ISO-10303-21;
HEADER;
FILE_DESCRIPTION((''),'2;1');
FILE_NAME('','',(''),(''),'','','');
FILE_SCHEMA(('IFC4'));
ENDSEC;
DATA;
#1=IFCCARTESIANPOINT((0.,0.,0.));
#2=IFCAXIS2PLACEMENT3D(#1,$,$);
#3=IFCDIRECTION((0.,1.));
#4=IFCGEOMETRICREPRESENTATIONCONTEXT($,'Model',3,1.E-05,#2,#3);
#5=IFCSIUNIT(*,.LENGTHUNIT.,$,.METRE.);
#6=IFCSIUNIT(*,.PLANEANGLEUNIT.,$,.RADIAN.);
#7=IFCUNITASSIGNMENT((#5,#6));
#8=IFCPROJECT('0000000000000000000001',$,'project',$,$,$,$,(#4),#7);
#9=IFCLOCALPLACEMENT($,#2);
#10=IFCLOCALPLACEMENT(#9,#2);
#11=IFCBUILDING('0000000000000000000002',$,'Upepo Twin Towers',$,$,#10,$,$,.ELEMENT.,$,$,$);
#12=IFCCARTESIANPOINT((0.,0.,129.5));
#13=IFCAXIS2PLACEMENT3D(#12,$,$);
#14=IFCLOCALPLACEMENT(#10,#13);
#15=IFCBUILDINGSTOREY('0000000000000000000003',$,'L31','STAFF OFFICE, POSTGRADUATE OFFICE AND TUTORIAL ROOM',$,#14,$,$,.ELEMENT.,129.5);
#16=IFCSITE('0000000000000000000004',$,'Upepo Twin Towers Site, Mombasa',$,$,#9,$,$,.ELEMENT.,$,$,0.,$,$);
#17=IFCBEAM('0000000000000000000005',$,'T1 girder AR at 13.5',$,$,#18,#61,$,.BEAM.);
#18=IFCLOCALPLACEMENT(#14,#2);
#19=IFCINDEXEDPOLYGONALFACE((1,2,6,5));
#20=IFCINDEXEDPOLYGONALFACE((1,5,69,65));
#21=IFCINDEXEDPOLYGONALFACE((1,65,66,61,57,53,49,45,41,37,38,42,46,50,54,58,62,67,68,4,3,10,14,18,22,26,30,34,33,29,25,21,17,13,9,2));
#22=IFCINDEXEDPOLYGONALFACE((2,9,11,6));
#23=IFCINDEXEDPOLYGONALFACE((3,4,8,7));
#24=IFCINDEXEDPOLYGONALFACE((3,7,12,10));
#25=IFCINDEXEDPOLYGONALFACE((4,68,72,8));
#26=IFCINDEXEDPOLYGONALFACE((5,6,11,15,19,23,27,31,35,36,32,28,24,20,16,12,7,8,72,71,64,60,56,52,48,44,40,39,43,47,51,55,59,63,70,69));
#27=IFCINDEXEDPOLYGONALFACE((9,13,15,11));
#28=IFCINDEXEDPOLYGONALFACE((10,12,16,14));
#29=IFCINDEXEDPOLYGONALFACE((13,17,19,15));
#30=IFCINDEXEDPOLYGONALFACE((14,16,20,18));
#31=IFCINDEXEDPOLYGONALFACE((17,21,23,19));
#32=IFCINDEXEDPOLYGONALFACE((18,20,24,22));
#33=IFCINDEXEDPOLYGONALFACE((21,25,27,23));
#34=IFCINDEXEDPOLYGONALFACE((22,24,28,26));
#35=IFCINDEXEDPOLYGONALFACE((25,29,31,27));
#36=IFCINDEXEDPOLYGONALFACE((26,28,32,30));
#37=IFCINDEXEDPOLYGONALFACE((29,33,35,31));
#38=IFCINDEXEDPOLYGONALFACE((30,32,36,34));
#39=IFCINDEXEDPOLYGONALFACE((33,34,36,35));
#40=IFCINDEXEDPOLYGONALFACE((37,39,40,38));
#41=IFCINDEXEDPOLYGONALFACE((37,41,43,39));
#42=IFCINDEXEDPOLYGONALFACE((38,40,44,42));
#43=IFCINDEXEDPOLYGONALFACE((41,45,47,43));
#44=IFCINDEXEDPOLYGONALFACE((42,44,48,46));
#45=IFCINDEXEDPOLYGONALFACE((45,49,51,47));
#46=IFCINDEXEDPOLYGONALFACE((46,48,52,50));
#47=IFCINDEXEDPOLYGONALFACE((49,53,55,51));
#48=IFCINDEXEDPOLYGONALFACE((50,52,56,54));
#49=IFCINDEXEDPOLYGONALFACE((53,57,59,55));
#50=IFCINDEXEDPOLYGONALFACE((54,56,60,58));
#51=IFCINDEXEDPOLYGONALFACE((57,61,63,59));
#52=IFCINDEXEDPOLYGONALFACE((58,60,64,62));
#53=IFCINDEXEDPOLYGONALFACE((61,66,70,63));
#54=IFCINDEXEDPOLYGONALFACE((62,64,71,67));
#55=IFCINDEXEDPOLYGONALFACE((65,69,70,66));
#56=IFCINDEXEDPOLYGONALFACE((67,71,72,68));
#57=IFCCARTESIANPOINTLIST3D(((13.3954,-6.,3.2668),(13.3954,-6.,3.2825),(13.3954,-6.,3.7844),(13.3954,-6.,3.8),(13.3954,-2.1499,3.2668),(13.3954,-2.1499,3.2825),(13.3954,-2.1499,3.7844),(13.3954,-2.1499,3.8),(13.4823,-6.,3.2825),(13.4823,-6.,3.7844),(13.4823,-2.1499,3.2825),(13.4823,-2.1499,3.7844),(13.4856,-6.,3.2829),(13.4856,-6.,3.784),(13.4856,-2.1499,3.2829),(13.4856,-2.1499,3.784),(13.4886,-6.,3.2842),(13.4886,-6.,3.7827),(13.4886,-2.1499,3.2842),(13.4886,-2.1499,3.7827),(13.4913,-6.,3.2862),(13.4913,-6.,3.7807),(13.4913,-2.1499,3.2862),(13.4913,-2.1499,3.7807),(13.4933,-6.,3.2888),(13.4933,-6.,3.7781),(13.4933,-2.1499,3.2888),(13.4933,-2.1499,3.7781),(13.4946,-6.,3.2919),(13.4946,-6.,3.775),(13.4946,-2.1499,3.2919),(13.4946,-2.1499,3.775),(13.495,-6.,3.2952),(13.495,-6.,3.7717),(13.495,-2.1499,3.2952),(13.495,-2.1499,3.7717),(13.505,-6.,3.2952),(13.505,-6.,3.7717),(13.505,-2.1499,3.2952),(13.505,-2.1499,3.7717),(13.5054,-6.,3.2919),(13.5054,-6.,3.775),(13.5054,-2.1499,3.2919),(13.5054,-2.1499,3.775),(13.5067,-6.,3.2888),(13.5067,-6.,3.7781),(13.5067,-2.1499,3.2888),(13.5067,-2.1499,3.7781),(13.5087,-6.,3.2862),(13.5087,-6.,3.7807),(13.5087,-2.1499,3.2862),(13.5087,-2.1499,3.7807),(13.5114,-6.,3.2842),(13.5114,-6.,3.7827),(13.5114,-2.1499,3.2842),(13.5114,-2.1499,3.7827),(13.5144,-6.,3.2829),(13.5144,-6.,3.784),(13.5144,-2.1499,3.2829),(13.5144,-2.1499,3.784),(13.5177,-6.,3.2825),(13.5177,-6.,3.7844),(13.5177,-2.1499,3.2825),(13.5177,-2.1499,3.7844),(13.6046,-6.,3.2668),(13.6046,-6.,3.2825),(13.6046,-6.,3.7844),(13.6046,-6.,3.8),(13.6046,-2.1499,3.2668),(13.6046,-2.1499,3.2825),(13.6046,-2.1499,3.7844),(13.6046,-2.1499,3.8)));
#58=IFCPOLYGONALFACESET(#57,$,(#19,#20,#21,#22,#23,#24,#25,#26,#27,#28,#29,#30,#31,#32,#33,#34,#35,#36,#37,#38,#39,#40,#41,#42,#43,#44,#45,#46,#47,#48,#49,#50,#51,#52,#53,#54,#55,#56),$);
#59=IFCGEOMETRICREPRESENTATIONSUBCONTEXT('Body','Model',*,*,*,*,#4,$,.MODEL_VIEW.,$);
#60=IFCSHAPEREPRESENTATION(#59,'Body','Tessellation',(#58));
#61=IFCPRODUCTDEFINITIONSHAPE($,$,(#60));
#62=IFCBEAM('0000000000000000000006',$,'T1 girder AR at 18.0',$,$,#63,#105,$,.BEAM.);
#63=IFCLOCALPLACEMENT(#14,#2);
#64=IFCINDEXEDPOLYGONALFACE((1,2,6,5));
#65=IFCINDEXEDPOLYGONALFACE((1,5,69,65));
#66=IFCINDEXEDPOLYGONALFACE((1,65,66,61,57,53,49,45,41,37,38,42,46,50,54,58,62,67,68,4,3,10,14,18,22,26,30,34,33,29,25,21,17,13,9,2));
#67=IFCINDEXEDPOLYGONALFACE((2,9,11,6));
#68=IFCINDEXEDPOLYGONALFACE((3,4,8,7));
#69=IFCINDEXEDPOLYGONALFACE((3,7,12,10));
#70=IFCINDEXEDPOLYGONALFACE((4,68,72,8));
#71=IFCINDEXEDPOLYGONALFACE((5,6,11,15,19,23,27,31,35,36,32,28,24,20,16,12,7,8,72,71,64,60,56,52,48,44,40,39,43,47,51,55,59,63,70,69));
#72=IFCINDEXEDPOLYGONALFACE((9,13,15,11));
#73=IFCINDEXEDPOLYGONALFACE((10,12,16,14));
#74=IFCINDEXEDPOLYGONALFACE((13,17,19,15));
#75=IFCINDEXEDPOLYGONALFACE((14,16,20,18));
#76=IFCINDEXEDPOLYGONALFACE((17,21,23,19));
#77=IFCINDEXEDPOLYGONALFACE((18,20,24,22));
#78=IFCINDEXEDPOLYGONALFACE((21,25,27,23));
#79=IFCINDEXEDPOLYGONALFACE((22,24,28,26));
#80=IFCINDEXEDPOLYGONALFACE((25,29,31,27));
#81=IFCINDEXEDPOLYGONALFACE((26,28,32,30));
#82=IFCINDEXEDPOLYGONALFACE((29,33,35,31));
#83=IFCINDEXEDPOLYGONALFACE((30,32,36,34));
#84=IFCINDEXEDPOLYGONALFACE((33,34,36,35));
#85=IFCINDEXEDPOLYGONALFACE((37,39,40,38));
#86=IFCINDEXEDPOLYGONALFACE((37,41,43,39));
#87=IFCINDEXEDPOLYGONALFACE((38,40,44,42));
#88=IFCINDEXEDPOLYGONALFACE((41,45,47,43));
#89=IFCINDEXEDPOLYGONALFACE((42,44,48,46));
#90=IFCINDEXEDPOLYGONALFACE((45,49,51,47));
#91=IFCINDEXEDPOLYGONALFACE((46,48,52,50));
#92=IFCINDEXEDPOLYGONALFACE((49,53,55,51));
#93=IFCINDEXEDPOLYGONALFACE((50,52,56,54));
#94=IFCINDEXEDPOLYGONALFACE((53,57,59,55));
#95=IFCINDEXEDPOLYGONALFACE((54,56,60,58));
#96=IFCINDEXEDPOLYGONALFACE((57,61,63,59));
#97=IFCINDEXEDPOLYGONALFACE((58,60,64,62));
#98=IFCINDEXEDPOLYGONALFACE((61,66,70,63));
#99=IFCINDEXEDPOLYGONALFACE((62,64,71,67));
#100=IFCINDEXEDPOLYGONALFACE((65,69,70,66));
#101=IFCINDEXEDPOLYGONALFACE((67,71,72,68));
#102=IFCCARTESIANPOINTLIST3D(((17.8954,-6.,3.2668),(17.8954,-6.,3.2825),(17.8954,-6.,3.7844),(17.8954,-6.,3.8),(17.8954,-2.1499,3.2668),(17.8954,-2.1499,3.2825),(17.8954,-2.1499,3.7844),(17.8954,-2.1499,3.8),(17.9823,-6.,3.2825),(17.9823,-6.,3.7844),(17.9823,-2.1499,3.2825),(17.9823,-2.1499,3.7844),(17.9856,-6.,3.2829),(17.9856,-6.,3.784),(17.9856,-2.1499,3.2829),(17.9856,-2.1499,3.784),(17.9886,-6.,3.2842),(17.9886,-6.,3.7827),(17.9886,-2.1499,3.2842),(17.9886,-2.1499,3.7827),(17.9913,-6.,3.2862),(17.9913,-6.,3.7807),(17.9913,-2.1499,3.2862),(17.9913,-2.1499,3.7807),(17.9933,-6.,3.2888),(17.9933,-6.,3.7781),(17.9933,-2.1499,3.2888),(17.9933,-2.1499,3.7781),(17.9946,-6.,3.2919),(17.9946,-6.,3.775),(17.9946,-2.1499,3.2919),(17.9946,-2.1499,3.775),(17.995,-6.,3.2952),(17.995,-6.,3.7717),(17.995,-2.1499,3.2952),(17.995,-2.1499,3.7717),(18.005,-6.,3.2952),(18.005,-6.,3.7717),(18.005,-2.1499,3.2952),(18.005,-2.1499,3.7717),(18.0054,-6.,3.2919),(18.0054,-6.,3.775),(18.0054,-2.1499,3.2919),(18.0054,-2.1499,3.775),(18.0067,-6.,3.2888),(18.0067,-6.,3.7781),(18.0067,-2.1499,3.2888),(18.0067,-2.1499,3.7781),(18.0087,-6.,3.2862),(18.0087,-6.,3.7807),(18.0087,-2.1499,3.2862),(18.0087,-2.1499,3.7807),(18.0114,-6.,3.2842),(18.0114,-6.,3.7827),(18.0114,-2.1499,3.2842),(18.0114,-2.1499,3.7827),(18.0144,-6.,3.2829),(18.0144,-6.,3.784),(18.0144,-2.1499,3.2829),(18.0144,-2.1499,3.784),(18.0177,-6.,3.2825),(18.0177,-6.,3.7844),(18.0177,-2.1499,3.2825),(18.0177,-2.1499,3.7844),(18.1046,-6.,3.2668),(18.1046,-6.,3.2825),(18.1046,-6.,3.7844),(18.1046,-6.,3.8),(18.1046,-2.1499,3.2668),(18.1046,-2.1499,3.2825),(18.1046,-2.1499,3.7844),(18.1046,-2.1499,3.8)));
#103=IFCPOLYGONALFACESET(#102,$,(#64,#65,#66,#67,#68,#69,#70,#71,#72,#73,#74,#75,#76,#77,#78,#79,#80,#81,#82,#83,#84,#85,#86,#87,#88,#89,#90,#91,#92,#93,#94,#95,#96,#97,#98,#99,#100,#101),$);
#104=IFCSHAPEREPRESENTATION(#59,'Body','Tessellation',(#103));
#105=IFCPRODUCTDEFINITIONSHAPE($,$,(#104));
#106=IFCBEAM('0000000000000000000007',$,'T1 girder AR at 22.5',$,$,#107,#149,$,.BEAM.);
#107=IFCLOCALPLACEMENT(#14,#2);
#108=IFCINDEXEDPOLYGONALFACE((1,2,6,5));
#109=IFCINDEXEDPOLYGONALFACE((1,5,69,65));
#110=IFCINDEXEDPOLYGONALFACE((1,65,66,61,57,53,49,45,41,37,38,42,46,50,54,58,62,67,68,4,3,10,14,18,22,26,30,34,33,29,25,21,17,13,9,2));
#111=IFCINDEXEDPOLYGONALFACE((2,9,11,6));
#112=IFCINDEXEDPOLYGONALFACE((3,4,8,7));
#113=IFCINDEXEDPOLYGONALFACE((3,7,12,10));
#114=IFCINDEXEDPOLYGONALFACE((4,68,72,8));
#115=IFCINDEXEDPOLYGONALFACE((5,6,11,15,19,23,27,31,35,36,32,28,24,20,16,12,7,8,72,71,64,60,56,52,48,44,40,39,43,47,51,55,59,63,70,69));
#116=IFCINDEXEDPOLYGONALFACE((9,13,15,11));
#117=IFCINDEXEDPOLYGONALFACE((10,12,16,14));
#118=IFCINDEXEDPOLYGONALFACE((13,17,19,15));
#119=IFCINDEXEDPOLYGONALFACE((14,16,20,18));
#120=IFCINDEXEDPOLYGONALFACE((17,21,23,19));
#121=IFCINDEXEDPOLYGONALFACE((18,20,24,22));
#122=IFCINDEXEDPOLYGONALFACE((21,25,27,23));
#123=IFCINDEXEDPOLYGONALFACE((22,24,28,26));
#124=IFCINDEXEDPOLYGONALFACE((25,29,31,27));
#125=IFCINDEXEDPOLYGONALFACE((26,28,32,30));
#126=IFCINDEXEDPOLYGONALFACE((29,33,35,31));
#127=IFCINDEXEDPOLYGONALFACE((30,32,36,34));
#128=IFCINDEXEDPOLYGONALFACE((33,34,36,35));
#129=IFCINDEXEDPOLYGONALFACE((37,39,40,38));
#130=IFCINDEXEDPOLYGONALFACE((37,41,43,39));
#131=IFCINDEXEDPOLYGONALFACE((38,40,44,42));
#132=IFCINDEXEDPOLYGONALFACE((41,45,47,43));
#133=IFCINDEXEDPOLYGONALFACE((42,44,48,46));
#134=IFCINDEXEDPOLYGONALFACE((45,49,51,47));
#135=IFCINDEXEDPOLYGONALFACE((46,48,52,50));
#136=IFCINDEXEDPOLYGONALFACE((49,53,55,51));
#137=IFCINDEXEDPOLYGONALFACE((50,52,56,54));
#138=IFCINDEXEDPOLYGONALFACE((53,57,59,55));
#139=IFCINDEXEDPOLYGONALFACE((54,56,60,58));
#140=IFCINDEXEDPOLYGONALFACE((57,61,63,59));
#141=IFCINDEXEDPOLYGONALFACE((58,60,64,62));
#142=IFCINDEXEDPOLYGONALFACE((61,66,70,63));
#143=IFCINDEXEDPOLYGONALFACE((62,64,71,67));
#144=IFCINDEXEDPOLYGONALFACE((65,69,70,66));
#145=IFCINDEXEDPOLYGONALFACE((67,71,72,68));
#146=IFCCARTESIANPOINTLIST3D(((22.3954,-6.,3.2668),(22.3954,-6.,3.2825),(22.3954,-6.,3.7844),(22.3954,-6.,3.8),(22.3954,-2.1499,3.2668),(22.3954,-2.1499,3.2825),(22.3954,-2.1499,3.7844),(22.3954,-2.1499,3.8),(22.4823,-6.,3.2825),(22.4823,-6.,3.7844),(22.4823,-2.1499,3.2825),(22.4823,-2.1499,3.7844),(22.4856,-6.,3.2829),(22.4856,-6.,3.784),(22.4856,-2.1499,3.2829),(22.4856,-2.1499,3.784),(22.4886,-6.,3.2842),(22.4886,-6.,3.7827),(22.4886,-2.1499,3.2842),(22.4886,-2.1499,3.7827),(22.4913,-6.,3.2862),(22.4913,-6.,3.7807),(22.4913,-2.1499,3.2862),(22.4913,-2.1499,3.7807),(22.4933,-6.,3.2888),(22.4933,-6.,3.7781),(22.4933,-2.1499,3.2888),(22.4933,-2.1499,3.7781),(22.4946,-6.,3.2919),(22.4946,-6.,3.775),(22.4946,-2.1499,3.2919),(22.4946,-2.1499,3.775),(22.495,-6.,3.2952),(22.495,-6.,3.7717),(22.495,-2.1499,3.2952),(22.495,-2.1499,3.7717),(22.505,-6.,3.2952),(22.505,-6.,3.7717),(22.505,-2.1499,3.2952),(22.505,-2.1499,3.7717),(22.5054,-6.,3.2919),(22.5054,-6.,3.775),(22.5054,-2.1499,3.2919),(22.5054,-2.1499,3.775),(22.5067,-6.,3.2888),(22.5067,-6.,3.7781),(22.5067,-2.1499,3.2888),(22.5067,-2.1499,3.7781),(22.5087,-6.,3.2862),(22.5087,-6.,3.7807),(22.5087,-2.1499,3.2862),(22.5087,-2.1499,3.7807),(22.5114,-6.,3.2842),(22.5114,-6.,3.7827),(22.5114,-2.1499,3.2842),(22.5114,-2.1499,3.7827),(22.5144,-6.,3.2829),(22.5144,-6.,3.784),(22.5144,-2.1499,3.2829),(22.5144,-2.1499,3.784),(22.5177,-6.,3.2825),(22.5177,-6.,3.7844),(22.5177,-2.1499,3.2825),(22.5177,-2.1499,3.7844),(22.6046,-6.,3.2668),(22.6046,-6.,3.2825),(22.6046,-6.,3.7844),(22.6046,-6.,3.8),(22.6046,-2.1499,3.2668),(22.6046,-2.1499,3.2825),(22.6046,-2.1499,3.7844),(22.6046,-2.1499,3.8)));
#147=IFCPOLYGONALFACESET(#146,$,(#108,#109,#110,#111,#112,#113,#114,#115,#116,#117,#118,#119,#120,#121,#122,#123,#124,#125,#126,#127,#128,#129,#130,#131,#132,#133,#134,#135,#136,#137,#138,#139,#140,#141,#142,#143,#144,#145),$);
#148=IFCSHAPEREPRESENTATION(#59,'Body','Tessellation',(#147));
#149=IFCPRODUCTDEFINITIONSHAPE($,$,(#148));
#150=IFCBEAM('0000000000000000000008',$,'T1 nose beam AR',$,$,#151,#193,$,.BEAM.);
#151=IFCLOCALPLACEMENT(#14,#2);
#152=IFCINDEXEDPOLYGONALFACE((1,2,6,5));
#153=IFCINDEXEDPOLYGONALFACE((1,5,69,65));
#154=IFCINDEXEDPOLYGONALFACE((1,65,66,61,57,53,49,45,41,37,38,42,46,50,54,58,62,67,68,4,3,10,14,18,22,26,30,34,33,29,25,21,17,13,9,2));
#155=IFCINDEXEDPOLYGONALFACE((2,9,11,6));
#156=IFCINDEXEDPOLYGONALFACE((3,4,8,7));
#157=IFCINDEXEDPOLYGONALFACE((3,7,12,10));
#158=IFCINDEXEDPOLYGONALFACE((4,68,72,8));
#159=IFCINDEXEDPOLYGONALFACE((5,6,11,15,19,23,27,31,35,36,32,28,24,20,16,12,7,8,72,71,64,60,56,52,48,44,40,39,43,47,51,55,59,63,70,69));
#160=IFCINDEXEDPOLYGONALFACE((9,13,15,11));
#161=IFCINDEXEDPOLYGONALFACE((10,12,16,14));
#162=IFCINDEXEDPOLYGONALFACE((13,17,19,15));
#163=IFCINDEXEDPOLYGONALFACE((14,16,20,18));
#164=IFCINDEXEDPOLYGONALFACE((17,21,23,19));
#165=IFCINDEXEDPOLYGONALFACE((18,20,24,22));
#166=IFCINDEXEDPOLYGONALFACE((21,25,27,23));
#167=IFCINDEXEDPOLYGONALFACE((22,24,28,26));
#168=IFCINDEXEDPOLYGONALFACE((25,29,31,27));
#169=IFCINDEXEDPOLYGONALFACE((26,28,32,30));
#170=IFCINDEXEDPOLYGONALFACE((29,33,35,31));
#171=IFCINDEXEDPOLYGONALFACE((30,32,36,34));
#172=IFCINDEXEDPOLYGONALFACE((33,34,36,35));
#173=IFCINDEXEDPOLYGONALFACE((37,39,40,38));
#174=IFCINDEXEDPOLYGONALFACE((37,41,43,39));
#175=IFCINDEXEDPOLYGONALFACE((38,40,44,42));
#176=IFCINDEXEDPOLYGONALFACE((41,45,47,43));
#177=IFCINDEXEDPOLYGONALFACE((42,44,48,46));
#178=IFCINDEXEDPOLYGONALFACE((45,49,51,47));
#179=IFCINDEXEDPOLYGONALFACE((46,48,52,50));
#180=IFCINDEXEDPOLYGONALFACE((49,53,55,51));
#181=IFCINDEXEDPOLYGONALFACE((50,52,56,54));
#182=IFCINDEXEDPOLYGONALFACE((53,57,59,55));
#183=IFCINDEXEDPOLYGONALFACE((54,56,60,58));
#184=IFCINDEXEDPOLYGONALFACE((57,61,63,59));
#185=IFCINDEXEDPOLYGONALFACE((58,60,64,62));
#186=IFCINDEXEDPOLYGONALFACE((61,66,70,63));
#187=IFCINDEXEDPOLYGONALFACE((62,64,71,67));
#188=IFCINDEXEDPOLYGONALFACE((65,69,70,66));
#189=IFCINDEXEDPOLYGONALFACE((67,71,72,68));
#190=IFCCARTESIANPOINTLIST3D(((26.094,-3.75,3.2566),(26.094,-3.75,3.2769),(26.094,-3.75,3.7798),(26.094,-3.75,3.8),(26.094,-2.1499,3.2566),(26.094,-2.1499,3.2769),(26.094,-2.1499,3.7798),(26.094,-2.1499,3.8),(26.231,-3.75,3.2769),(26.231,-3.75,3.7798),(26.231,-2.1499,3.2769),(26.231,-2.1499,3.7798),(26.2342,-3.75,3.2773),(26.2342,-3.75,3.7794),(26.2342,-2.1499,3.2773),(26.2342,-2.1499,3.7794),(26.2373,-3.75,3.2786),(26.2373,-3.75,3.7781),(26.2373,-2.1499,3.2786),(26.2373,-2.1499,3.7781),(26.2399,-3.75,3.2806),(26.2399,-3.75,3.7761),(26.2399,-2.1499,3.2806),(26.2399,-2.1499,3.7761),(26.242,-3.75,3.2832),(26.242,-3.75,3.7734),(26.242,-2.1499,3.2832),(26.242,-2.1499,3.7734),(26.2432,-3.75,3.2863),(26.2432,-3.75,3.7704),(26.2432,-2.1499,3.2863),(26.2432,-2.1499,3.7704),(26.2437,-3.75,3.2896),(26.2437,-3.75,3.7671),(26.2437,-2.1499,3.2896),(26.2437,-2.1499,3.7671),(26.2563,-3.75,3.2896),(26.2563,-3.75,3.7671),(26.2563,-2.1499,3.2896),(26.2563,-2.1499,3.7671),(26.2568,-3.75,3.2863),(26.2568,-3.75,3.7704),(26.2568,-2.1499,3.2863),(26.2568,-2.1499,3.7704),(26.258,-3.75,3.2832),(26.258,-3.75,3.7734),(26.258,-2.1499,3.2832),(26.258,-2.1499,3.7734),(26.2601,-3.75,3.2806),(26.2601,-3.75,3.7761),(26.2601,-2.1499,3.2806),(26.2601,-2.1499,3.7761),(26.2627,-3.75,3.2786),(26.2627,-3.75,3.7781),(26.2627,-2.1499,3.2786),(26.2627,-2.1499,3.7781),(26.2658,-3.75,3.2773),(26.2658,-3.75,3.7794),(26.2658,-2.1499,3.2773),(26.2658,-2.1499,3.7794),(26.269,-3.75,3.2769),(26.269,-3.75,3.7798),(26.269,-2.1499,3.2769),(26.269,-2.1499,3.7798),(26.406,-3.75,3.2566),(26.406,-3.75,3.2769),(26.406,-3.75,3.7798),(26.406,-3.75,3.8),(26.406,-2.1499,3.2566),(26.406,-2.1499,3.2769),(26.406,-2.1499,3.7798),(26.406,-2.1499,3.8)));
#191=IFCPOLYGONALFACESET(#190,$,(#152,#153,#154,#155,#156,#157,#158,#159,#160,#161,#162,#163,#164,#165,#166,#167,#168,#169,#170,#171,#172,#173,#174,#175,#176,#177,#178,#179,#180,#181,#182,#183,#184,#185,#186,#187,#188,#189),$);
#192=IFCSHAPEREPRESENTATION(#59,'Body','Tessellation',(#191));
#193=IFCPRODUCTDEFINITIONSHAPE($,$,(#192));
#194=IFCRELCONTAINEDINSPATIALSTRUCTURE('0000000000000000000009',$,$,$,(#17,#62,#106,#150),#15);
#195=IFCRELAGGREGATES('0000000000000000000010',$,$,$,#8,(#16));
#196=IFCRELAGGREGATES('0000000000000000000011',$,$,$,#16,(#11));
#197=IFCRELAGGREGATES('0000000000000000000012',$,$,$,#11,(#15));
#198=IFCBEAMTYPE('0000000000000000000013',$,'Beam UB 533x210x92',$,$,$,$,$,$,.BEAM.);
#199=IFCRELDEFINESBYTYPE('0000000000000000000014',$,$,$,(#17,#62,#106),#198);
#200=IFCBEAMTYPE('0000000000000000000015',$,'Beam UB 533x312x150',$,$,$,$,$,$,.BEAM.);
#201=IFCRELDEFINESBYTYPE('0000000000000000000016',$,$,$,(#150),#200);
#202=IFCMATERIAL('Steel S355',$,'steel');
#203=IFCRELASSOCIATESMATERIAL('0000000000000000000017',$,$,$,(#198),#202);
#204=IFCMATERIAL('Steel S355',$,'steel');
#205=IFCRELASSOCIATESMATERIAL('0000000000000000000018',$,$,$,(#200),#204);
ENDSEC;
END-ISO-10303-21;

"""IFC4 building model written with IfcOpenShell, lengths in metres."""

from ifc_helpers import new_model, si_unit, direction, frame, origin, origin_2d, place, context, subcontext, project, spatial, i_section, extrude, material, material_profile, profile_set, type_object, element, save


model = new_model("IFC4")

# Units and contexts
model_context = context("Model", 3, precision=1e-05, world=origin(), true_north=direction((0.0, 1.0)))
body_context = subcontext(model_context, "Body", "Model", "MODEL_VIEW")
ifc_project = project(units=[si_unit("LENGTHUNIT", "METRE"), si_unit("PLANEANGLEUNIT", "RADIAN")], contexts=[model_context])

# Site, building, storey
site_placement = place(None, origin())
site = spatial("IfcSite", under=ifc_project, at=site_placement, Name="Upepo Twin Towers Site, Mombasa", CompositionType="ELEMENT", RefElevation=0.0)
building_placement = place(site_placement, origin())
building = spatial("IfcBuilding", under=site, at=building_placement, Name="Upepo Twin Towers", CompositionType="ELEMENT")
storey_placement = place(building_placement, frame((0.0, 0.0, 129.5)))
storey = spatial("IfcBuildingStorey", under=building, at=storey_placement, Name="L31", Description="STAFF OFFICE, POSTGRADUATE OFFICE AND TUTORIAL ROOM", CompositionType="ELEMENT", Elevation=129.5)

# Beams
ifc_material_1 = material(Name="Steel S355", Category="steel")
ifc_material_profile_1 = material_profile(ifc_material_1, i_section(OverallWidth=0.2092, OverallDepth=0.5332, WebThickness=0.01, FlangeThickness=0.0156, FilletRadius=0.0127, at=origin_2d()), Name="UB 533x210x92")
ifc_profile_set_1 = profile_set([ifc_material_profile_1], Name="Steel S355")
beam_type_1 = type_object("IfcBeamType", Name="Beam UB 533x210x92", PredefinedType="BEAM", material=ifc_profile_set_1)
for number, where, z_axis, x_axis, name in (
    (1, (13.5, -6.0, 3.5334), (0.0, 1.0, 0.0), (-1.0, 0.0, 0.0), "T1 girder AR at 13.5"),
    (2, (18.0, -6.0, 3.5334), (0.0, 1.0, 0.0), (-1.0, 0.0, 0.0), "T1 girder AR at 18.0"),
    (3, (22.5, -6.0, 3.5334), (0.0, 1.0, 0.0), (-1.0, 0.0, 0.0), "T1 girder AR at 22.5"),
):
    element("IfcBeam", number, at=place(storey_placement, frame(where, z_axis=z_axis, x_axis=x_axis)), inside=storey, type_object=beam_type_1, Name=name, PredefinedType="BEAM", context=body_context, shape_type="SweptSolid", body=[
        extrude(i_section(OverallWidth=0.2092, OverallDepth=0.5332, WebThickness=0.01, FlangeThickness=0.0156, FilletRadius=0.0127, at=origin_2d()), origin(), (0.0, 0.0, 1.0), 3.8501),
    ])
ifc_material_2 = material(Name="Steel S355", Category="steel")
ifc_material_profile_2 = material_profile(ifc_material_2, i_section(OverallWidth=0.312, OverallDepth=0.5435, WebThickness=0.0127, FlangeThickness=0.0203, FilletRadius=0.0127, at=origin_2d()), Name="UB 533x312x150")
ifc_profile_set_2 = profile_set([ifc_material_profile_2], Name="Steel S355")
beam_type_2 = type_object("IfcBeamType", Name="Beam UB 533x312x150", PredefinedType="BEAM", material=ifc_profile_set_2)
beam_1_placement = place(storey_placement, frame((26.25, -3.75, 3.5283), z_axis=(0.0, 1.0, 0.0), x_axis=(-1.0, 0.0, 0.0)))
element("IfcBeam", 4, at=beam_1_placement, inside=storey, type_object=beam_type_2, Name="T1 nose beam AR", PredefinedType="BEAM", context=body_context, shape_type="SweptSolid", body=[
    extrude(i_section(OverallWidth=0.312, OverallDepth=0.5435, WebThickness=0.0127, FlangeThickness=0.0203, FilletRadius=0.0127, at=origin_2d()), origin(), (0.0, 0.0, 1.0), 1.6001),
])

save(model, "model.ifc")
